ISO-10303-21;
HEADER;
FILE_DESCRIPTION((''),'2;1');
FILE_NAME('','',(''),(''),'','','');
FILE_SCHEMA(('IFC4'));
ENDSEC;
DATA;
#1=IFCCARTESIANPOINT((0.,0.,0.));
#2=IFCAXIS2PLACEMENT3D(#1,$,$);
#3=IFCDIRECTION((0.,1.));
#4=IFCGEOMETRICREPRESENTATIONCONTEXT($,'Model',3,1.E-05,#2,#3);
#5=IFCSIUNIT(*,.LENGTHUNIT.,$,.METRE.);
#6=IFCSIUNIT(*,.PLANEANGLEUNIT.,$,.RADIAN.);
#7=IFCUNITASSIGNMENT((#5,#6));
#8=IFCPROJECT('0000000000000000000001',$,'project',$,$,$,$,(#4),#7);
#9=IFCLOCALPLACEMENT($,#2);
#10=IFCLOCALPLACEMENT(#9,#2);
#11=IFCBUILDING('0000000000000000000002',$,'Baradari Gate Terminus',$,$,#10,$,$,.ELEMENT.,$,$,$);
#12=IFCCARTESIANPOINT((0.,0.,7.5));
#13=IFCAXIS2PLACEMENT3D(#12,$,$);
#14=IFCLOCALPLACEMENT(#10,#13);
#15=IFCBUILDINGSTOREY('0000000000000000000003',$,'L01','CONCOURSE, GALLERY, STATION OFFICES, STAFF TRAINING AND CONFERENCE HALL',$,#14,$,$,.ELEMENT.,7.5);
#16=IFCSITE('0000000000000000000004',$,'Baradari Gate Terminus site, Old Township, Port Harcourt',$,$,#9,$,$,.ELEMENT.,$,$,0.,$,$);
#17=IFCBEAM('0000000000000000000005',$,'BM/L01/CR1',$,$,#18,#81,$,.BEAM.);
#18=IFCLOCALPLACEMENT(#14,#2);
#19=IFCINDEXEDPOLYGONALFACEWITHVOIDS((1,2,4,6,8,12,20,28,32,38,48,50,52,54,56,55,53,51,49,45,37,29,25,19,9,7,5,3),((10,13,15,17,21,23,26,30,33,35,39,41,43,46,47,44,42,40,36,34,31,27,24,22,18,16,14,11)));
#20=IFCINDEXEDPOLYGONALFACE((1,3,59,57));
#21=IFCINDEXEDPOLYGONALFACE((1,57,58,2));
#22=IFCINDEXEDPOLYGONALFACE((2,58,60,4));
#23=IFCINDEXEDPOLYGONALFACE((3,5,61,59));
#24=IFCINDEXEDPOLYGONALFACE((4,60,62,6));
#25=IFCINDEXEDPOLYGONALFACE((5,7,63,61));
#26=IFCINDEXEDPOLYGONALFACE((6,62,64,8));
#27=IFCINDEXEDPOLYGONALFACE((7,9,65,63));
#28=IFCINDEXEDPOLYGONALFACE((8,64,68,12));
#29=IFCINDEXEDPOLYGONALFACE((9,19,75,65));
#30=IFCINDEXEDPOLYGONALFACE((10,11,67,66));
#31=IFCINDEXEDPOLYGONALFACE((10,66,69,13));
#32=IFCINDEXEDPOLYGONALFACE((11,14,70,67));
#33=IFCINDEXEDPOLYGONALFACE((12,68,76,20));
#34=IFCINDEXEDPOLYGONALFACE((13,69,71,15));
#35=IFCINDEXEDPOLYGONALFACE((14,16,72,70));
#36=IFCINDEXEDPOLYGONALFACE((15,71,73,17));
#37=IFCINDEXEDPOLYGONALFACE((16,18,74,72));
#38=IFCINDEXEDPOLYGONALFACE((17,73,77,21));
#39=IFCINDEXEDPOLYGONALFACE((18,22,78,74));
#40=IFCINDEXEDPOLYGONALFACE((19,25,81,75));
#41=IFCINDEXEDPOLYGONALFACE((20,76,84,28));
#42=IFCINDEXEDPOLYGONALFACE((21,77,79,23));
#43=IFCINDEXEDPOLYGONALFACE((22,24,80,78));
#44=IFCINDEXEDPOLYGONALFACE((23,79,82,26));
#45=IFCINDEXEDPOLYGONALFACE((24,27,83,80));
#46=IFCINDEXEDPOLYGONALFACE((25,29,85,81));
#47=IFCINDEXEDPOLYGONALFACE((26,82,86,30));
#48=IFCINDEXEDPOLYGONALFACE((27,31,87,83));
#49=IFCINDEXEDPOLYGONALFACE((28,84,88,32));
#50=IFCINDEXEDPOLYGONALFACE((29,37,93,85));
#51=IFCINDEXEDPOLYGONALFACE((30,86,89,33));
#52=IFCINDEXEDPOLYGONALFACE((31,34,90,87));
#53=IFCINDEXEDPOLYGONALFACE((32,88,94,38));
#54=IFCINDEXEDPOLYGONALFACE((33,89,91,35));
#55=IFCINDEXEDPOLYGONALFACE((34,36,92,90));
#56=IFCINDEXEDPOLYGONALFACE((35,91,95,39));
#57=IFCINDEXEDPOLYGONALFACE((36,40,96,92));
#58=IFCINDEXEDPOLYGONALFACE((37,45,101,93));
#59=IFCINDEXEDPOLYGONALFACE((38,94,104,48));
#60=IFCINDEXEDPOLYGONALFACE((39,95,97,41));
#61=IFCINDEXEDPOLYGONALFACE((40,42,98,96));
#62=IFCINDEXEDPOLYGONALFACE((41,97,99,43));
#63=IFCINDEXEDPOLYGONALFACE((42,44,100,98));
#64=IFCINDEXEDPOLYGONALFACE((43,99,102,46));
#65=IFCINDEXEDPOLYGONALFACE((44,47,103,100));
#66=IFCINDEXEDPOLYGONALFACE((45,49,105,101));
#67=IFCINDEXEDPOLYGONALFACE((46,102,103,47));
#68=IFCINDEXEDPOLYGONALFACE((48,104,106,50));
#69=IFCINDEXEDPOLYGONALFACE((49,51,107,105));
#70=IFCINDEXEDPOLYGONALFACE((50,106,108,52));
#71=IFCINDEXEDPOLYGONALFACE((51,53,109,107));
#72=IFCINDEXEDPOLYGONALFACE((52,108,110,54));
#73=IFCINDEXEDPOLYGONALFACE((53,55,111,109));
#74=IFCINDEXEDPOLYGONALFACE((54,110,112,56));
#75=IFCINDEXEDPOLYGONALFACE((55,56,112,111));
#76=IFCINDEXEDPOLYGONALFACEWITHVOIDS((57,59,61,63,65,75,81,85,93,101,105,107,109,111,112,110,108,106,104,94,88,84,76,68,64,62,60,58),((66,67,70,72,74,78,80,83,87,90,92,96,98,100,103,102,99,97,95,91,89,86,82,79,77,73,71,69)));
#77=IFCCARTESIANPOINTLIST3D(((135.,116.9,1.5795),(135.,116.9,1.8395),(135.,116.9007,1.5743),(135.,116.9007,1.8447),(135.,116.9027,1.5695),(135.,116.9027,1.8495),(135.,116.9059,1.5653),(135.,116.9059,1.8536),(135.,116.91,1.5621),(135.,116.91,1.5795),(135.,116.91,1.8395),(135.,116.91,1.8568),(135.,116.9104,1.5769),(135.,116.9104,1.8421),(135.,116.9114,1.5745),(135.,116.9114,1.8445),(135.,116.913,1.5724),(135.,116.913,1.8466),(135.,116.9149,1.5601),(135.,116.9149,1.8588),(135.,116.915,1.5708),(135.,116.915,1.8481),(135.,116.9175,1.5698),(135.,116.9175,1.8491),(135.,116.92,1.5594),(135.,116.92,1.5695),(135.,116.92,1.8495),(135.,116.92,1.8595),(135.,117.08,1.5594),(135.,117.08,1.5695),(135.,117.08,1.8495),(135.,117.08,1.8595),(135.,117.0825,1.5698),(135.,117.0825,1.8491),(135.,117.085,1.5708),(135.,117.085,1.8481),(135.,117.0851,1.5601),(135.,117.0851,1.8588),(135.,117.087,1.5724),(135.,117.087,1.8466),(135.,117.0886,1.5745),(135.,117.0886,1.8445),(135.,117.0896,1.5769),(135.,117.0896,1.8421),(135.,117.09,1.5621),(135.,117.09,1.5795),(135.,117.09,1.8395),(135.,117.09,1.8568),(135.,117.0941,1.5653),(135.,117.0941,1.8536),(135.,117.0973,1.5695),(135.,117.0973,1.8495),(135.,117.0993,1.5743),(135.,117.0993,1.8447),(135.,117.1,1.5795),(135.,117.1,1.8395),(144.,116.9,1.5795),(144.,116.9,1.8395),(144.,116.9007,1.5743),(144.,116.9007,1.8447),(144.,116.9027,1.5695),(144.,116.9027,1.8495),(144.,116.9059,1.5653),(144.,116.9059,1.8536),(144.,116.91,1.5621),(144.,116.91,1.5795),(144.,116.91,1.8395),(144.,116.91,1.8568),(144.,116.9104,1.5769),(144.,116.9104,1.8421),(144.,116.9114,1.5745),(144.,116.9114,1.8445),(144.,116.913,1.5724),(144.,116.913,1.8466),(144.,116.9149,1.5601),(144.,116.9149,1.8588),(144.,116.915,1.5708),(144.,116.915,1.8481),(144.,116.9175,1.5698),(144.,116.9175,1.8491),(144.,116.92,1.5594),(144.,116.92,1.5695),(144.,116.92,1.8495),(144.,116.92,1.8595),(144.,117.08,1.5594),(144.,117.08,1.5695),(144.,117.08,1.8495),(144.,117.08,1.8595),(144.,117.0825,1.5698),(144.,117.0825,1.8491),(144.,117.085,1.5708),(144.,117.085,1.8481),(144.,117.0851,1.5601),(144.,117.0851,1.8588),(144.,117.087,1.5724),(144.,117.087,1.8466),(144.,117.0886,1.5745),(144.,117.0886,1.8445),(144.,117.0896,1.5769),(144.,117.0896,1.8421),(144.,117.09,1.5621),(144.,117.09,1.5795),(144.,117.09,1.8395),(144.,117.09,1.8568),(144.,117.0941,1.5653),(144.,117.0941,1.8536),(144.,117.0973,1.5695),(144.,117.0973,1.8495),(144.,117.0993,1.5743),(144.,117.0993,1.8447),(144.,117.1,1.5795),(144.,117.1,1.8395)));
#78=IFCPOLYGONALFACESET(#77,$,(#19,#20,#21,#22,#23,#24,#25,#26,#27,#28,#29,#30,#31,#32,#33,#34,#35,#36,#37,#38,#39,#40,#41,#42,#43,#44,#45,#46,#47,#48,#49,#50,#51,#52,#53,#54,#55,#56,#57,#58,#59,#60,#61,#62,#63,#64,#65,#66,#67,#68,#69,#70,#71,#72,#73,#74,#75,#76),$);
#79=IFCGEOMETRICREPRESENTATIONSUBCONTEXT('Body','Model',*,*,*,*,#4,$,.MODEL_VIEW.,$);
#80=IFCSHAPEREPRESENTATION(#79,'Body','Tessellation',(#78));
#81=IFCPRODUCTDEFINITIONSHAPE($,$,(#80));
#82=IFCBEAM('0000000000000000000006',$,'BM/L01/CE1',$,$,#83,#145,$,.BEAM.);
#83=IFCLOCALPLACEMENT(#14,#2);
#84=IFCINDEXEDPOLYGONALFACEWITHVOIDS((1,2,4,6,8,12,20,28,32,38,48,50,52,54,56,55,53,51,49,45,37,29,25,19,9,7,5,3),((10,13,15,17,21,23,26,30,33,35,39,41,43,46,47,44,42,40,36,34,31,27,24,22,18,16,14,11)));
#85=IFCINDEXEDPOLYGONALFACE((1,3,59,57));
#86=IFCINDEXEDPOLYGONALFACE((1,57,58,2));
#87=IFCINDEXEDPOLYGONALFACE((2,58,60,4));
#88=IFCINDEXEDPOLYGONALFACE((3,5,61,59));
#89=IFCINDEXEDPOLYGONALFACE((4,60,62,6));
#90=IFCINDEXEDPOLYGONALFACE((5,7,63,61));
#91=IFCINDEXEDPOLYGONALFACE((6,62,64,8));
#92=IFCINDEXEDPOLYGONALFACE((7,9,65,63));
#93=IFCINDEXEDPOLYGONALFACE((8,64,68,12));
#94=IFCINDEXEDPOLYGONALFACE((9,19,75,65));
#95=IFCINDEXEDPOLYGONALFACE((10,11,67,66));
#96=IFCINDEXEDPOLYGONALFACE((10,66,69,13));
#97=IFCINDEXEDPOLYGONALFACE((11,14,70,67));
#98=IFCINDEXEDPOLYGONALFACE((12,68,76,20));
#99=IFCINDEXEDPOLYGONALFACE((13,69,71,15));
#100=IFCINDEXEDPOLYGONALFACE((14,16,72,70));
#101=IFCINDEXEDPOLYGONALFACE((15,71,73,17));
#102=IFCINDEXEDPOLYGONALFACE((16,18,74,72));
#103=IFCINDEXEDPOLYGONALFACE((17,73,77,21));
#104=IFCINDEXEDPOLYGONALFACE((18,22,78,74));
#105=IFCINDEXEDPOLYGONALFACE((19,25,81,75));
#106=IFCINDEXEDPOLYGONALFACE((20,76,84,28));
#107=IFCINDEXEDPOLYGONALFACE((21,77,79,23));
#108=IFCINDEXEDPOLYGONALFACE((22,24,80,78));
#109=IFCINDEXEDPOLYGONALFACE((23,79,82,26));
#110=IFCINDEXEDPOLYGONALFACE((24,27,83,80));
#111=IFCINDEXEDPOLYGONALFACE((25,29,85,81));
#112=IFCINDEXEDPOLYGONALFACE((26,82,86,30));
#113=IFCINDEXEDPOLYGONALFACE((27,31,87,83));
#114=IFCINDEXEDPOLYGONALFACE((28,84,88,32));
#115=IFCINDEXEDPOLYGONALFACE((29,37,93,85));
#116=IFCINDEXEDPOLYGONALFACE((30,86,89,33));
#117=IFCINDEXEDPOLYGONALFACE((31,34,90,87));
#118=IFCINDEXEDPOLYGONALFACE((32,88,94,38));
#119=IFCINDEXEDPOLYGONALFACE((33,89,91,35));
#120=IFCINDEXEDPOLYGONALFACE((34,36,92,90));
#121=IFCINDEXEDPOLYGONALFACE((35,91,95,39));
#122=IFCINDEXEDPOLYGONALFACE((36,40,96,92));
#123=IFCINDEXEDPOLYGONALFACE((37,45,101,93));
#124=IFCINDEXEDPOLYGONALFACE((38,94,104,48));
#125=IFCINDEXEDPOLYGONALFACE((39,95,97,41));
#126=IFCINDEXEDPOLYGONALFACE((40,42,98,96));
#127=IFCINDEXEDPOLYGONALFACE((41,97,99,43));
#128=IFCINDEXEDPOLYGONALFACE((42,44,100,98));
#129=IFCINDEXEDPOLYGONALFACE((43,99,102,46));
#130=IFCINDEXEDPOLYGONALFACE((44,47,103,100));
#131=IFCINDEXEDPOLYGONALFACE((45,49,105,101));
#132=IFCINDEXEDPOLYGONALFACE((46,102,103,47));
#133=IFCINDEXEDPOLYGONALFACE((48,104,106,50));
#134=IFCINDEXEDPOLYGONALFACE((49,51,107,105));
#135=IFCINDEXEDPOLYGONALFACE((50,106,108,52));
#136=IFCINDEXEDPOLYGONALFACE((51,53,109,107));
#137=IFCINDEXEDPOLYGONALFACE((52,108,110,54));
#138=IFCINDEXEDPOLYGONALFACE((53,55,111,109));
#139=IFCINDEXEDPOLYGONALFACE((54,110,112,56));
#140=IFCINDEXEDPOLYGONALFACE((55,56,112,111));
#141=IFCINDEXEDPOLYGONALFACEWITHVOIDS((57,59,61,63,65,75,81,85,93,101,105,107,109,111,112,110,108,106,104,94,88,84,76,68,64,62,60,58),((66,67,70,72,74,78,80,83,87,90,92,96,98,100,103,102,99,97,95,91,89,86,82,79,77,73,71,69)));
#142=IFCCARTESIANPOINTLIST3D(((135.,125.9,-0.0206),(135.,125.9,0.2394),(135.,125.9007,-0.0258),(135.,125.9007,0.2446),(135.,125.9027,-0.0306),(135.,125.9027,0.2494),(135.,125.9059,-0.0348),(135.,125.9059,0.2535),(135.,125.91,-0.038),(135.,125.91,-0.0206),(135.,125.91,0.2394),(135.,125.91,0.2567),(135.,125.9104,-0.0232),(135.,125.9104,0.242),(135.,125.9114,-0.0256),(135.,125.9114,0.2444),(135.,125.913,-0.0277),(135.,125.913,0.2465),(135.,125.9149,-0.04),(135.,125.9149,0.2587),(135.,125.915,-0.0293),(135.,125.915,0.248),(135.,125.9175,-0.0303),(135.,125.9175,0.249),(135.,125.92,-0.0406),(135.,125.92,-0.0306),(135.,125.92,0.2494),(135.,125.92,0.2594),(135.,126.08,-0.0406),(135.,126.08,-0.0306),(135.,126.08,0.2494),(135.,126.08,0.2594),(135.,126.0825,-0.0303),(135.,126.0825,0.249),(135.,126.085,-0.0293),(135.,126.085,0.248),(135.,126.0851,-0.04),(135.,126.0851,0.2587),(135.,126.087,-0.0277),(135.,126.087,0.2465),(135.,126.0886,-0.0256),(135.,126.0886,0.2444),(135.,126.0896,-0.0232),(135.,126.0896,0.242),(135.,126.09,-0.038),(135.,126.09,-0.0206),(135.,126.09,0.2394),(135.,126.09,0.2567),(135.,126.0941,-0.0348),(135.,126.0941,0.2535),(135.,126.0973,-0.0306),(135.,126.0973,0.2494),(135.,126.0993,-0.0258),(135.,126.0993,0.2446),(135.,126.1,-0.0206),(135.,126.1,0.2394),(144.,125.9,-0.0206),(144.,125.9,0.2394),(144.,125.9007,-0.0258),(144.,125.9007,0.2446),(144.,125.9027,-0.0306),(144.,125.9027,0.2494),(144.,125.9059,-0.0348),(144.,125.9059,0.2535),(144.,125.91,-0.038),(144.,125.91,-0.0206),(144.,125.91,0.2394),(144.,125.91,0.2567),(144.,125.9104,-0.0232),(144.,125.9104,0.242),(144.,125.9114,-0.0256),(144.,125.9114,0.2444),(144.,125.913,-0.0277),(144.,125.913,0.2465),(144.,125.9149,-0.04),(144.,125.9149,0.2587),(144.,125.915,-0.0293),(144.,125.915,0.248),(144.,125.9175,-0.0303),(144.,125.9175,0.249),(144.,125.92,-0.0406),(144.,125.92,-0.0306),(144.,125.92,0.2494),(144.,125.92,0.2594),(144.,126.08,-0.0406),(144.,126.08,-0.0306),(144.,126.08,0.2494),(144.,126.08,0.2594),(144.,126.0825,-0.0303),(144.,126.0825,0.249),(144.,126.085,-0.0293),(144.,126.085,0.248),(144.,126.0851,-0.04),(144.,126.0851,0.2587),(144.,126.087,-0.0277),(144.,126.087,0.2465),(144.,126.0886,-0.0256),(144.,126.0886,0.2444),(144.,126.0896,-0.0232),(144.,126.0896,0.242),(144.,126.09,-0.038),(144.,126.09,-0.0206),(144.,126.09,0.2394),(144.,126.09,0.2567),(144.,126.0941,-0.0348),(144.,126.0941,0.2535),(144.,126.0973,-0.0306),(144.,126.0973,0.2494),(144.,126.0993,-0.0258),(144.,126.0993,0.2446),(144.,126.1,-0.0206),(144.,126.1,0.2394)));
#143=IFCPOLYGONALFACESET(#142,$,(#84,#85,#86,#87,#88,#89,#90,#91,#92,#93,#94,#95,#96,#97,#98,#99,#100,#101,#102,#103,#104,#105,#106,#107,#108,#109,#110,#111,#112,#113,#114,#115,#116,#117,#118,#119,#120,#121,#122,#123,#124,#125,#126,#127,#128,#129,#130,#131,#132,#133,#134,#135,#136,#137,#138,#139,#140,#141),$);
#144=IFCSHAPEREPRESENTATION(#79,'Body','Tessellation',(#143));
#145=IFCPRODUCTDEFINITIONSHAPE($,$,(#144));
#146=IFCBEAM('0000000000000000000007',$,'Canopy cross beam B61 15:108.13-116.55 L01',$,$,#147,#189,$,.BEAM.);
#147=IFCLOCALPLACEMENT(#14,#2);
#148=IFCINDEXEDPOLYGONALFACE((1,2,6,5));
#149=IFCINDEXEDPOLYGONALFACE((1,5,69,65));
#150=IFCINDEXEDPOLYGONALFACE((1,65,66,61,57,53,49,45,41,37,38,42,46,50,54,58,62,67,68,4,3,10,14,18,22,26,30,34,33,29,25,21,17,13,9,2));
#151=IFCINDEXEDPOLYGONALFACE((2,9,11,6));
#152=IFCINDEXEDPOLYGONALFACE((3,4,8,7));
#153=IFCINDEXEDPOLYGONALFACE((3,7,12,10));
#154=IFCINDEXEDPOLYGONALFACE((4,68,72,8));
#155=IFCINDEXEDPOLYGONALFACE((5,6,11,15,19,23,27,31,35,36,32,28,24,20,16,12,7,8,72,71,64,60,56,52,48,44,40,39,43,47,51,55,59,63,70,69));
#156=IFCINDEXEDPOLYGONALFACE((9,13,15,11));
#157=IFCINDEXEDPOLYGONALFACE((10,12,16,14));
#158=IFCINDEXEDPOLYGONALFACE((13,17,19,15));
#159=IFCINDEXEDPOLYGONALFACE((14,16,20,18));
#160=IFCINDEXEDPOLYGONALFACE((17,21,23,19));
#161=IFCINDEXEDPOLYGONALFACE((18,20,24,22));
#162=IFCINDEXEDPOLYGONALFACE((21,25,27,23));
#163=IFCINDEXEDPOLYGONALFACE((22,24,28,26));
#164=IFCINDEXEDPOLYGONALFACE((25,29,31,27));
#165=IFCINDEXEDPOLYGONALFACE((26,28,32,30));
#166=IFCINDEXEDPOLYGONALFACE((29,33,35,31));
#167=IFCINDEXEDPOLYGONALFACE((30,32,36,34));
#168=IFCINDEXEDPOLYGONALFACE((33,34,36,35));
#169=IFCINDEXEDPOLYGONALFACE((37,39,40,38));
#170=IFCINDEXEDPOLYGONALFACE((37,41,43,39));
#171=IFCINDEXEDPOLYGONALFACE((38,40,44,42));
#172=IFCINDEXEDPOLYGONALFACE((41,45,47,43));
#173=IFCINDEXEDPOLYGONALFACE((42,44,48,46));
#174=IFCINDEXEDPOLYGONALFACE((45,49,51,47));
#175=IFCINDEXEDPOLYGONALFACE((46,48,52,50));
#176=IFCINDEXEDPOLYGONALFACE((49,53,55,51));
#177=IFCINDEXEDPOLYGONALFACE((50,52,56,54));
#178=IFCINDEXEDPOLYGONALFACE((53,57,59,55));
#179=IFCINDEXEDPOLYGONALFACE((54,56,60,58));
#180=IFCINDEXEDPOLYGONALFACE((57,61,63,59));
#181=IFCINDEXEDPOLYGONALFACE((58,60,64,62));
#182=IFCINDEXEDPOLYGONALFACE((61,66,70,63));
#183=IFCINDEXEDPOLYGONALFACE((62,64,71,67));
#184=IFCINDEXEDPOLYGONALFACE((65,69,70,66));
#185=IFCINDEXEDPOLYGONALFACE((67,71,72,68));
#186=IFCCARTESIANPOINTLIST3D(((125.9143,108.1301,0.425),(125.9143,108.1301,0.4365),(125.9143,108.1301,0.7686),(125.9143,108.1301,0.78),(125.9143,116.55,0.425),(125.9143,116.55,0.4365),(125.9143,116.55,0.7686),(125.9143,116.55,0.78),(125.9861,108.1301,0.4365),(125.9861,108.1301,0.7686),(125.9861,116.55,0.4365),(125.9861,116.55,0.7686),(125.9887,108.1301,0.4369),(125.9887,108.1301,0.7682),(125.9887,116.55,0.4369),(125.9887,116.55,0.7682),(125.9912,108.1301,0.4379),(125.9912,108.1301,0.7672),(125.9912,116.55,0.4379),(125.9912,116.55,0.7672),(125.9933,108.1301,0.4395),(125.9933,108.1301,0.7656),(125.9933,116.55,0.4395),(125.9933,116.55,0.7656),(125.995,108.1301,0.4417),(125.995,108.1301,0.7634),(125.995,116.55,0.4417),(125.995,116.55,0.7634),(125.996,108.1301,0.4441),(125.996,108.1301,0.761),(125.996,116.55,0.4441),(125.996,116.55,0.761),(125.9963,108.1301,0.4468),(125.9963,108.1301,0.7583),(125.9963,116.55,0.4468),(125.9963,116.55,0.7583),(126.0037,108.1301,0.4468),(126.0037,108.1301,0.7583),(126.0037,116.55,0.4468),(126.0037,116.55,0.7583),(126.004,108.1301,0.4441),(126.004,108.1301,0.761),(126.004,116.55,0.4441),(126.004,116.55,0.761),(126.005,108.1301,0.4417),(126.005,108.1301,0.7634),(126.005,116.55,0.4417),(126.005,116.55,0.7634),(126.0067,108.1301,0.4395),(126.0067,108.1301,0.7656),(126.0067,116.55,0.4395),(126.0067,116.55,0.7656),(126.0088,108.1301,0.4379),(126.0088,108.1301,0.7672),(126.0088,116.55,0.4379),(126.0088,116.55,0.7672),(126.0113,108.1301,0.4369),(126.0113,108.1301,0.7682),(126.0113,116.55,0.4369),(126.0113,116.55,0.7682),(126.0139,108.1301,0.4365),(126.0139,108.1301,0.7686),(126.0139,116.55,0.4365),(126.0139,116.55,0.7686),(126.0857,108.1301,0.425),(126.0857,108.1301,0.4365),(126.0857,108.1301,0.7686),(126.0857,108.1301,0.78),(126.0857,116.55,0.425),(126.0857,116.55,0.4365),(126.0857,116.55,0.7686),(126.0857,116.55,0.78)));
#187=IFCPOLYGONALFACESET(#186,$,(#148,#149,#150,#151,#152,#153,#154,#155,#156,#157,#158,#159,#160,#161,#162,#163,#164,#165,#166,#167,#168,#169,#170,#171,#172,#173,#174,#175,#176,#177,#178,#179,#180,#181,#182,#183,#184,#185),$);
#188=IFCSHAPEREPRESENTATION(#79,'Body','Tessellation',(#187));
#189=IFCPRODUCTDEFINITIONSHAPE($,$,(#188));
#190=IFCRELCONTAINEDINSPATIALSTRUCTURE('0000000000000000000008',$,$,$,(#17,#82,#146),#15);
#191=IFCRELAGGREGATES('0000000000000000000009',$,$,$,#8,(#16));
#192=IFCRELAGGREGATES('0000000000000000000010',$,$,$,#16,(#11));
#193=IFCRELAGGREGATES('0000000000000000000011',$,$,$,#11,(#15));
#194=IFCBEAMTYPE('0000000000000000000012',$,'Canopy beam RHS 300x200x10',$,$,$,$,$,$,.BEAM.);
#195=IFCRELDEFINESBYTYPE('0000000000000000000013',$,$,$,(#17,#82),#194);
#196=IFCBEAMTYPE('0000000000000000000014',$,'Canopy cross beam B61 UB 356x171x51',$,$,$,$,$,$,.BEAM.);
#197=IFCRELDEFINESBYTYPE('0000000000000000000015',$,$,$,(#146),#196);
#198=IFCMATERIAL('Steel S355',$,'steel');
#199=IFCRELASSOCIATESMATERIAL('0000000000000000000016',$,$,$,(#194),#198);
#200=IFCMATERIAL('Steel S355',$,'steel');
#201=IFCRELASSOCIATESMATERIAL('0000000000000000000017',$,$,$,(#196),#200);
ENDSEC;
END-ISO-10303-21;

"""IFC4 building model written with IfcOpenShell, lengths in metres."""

from ifc_helpers import new_model, si_unit, direction, frame, origin, origin_2d, place, context, subcontext, project, spatial, hollow_rectangle, i_section, extrude, material, material_profile, profile_set, type_object, element, save


model = new_model("IFC4")

# Units and contexts
model_context = context("Model", 3, precision=1e-05, world=origin(), true_north=direction((0.0, 1.0)))
body_context = subcontext(model_context, "Body", "Model", "MODEL_VIEW")
ifc_project = project(units=[si_unit("LENGTHUNIT", "METRE"), si_unit("PLANEANGLEUNIT", "RADIAN")], contexts=[model_context])

# Site, building, storey
site_placement = place(None, origin())
site = spatial("IfcSite", under=ifc_project, at=site_placement, Name="Baradari Gate Terminus site, Old Township, Port Harcourt", CompositionType="ELEMENT", RefElevation=0.0)
building_placement = place(site_placement, origin())
building = spatial("IfcBuilding", under=site, at=building_placement, Name="Baradari Gate Terminus", CompositionType="ELEMENT")
storey_placement = place(building_placement, frame((0.0, 0.0, 7.5)))
storey = spatial("IfcBuildingStorey", under=building, at=storey_placement, Name="L01", Description="CONCOURSE, GALLERY, STATION OFFICES, STAFF TRAINING AND CONFERENCE HALL", CompositionType="ELEMENT", Elevation=7.5)

# Beams
ifc_material_1 = material(Name="Steel S355", Category="steel")
ifc_material_profile_1 = material_profile(ifc_material_1, hollow_rectangle(XDim=0.2, YDim=0.3, WallThickness=0.01, InnerFilletRadius=0.01, OuterFilletRadius=0.02, at=origin_2d()), Name="RHS 300x200x10")
ifc_profile_set_1 = profile_set([ifc_material_profile_1], Name="Steel S355")
beam_type_1 = type_object("IfcBeamType", Name="Canopy beam RHS 300x200x10", PredefinedType="BEAM", material=ifc_profile_set_1)
for number, where, z_axis, x_axis, name in (
    (1, (135.0, 117.0, 1.7095), (1.0, 0.0, 0.0), (0.0, 1.0, 0.0), "BM/L01/CR1"),
    (2, (135.0, 126.0, 0.1094), (1.0, 0.0, 0.0), (0.0, 1.0, 0.0), "BM/L01/CE1"),
):
    element("IfcBeam", number, at=place(storey_placement, frame(where, z_axis=z_axis, x_axis=x_axis)), inside=storey, type_object=beam_type_1, Name=name, PredefinedType="BEAM", context=body_context, shape_type="SweptSolid", body=[
        extrude(hollow_rectangle(XDim=0.2, YDim=0.3, WallThickness=0.01, InnerFilletRadius=0.01, OuterFilletRadius=0.02, at=origin_2d()), origin(), (0.0, 0.0, 1.0), 9.0),
    ])
ifc_material_2 = material(Name="Steel S355", Category="steel")
ifc_material_profile_2 = material_profile(ifc_material_2, i_section(OverallWidth=0.1714, OverallDepth=0.355, WebThickness=0.0073, FlangeThickness=0.0115, FilletRadius=0.0103, at=origin_2d()), Name="UB 356x171x51")
ifc_profile_set_2 = profile_set([ifc_material_profile_2], Name="Steel S355")
beam_type_2 = type_object("IfcBeamType", Name="Canopy cross beam B61 UB 356x171x51", PredefinedType="BEAM", material=ifc_profile_set_2)
beam_1_placement = place(storey_placement, frame((126.0, 108.1301, 0.6025), z_axis=(0.0, 1.0, 0.0), x_axis=(-1.0, 0.0, 0.0)))
element("IfcBeam", 3, at=beam_1_placement, inside=storey, type_object=beam_type_2, Name="Canopy cross beam B61 15:108.13-116.55 L01", PredefinedType="BEAM", context=body_context, shape_type="SweptSolid", body=[
    extrude(i_section(OverallWidth=0.1714, OverallDepth=0.355, WebThickness=0.0073, FlangeThickness=0.0115, FilletRadius=0.0103, at=origin_2d()), origin(), (0.0, 0.0, 1.0), 8.4199),
])

save(model, "model.ifc")
